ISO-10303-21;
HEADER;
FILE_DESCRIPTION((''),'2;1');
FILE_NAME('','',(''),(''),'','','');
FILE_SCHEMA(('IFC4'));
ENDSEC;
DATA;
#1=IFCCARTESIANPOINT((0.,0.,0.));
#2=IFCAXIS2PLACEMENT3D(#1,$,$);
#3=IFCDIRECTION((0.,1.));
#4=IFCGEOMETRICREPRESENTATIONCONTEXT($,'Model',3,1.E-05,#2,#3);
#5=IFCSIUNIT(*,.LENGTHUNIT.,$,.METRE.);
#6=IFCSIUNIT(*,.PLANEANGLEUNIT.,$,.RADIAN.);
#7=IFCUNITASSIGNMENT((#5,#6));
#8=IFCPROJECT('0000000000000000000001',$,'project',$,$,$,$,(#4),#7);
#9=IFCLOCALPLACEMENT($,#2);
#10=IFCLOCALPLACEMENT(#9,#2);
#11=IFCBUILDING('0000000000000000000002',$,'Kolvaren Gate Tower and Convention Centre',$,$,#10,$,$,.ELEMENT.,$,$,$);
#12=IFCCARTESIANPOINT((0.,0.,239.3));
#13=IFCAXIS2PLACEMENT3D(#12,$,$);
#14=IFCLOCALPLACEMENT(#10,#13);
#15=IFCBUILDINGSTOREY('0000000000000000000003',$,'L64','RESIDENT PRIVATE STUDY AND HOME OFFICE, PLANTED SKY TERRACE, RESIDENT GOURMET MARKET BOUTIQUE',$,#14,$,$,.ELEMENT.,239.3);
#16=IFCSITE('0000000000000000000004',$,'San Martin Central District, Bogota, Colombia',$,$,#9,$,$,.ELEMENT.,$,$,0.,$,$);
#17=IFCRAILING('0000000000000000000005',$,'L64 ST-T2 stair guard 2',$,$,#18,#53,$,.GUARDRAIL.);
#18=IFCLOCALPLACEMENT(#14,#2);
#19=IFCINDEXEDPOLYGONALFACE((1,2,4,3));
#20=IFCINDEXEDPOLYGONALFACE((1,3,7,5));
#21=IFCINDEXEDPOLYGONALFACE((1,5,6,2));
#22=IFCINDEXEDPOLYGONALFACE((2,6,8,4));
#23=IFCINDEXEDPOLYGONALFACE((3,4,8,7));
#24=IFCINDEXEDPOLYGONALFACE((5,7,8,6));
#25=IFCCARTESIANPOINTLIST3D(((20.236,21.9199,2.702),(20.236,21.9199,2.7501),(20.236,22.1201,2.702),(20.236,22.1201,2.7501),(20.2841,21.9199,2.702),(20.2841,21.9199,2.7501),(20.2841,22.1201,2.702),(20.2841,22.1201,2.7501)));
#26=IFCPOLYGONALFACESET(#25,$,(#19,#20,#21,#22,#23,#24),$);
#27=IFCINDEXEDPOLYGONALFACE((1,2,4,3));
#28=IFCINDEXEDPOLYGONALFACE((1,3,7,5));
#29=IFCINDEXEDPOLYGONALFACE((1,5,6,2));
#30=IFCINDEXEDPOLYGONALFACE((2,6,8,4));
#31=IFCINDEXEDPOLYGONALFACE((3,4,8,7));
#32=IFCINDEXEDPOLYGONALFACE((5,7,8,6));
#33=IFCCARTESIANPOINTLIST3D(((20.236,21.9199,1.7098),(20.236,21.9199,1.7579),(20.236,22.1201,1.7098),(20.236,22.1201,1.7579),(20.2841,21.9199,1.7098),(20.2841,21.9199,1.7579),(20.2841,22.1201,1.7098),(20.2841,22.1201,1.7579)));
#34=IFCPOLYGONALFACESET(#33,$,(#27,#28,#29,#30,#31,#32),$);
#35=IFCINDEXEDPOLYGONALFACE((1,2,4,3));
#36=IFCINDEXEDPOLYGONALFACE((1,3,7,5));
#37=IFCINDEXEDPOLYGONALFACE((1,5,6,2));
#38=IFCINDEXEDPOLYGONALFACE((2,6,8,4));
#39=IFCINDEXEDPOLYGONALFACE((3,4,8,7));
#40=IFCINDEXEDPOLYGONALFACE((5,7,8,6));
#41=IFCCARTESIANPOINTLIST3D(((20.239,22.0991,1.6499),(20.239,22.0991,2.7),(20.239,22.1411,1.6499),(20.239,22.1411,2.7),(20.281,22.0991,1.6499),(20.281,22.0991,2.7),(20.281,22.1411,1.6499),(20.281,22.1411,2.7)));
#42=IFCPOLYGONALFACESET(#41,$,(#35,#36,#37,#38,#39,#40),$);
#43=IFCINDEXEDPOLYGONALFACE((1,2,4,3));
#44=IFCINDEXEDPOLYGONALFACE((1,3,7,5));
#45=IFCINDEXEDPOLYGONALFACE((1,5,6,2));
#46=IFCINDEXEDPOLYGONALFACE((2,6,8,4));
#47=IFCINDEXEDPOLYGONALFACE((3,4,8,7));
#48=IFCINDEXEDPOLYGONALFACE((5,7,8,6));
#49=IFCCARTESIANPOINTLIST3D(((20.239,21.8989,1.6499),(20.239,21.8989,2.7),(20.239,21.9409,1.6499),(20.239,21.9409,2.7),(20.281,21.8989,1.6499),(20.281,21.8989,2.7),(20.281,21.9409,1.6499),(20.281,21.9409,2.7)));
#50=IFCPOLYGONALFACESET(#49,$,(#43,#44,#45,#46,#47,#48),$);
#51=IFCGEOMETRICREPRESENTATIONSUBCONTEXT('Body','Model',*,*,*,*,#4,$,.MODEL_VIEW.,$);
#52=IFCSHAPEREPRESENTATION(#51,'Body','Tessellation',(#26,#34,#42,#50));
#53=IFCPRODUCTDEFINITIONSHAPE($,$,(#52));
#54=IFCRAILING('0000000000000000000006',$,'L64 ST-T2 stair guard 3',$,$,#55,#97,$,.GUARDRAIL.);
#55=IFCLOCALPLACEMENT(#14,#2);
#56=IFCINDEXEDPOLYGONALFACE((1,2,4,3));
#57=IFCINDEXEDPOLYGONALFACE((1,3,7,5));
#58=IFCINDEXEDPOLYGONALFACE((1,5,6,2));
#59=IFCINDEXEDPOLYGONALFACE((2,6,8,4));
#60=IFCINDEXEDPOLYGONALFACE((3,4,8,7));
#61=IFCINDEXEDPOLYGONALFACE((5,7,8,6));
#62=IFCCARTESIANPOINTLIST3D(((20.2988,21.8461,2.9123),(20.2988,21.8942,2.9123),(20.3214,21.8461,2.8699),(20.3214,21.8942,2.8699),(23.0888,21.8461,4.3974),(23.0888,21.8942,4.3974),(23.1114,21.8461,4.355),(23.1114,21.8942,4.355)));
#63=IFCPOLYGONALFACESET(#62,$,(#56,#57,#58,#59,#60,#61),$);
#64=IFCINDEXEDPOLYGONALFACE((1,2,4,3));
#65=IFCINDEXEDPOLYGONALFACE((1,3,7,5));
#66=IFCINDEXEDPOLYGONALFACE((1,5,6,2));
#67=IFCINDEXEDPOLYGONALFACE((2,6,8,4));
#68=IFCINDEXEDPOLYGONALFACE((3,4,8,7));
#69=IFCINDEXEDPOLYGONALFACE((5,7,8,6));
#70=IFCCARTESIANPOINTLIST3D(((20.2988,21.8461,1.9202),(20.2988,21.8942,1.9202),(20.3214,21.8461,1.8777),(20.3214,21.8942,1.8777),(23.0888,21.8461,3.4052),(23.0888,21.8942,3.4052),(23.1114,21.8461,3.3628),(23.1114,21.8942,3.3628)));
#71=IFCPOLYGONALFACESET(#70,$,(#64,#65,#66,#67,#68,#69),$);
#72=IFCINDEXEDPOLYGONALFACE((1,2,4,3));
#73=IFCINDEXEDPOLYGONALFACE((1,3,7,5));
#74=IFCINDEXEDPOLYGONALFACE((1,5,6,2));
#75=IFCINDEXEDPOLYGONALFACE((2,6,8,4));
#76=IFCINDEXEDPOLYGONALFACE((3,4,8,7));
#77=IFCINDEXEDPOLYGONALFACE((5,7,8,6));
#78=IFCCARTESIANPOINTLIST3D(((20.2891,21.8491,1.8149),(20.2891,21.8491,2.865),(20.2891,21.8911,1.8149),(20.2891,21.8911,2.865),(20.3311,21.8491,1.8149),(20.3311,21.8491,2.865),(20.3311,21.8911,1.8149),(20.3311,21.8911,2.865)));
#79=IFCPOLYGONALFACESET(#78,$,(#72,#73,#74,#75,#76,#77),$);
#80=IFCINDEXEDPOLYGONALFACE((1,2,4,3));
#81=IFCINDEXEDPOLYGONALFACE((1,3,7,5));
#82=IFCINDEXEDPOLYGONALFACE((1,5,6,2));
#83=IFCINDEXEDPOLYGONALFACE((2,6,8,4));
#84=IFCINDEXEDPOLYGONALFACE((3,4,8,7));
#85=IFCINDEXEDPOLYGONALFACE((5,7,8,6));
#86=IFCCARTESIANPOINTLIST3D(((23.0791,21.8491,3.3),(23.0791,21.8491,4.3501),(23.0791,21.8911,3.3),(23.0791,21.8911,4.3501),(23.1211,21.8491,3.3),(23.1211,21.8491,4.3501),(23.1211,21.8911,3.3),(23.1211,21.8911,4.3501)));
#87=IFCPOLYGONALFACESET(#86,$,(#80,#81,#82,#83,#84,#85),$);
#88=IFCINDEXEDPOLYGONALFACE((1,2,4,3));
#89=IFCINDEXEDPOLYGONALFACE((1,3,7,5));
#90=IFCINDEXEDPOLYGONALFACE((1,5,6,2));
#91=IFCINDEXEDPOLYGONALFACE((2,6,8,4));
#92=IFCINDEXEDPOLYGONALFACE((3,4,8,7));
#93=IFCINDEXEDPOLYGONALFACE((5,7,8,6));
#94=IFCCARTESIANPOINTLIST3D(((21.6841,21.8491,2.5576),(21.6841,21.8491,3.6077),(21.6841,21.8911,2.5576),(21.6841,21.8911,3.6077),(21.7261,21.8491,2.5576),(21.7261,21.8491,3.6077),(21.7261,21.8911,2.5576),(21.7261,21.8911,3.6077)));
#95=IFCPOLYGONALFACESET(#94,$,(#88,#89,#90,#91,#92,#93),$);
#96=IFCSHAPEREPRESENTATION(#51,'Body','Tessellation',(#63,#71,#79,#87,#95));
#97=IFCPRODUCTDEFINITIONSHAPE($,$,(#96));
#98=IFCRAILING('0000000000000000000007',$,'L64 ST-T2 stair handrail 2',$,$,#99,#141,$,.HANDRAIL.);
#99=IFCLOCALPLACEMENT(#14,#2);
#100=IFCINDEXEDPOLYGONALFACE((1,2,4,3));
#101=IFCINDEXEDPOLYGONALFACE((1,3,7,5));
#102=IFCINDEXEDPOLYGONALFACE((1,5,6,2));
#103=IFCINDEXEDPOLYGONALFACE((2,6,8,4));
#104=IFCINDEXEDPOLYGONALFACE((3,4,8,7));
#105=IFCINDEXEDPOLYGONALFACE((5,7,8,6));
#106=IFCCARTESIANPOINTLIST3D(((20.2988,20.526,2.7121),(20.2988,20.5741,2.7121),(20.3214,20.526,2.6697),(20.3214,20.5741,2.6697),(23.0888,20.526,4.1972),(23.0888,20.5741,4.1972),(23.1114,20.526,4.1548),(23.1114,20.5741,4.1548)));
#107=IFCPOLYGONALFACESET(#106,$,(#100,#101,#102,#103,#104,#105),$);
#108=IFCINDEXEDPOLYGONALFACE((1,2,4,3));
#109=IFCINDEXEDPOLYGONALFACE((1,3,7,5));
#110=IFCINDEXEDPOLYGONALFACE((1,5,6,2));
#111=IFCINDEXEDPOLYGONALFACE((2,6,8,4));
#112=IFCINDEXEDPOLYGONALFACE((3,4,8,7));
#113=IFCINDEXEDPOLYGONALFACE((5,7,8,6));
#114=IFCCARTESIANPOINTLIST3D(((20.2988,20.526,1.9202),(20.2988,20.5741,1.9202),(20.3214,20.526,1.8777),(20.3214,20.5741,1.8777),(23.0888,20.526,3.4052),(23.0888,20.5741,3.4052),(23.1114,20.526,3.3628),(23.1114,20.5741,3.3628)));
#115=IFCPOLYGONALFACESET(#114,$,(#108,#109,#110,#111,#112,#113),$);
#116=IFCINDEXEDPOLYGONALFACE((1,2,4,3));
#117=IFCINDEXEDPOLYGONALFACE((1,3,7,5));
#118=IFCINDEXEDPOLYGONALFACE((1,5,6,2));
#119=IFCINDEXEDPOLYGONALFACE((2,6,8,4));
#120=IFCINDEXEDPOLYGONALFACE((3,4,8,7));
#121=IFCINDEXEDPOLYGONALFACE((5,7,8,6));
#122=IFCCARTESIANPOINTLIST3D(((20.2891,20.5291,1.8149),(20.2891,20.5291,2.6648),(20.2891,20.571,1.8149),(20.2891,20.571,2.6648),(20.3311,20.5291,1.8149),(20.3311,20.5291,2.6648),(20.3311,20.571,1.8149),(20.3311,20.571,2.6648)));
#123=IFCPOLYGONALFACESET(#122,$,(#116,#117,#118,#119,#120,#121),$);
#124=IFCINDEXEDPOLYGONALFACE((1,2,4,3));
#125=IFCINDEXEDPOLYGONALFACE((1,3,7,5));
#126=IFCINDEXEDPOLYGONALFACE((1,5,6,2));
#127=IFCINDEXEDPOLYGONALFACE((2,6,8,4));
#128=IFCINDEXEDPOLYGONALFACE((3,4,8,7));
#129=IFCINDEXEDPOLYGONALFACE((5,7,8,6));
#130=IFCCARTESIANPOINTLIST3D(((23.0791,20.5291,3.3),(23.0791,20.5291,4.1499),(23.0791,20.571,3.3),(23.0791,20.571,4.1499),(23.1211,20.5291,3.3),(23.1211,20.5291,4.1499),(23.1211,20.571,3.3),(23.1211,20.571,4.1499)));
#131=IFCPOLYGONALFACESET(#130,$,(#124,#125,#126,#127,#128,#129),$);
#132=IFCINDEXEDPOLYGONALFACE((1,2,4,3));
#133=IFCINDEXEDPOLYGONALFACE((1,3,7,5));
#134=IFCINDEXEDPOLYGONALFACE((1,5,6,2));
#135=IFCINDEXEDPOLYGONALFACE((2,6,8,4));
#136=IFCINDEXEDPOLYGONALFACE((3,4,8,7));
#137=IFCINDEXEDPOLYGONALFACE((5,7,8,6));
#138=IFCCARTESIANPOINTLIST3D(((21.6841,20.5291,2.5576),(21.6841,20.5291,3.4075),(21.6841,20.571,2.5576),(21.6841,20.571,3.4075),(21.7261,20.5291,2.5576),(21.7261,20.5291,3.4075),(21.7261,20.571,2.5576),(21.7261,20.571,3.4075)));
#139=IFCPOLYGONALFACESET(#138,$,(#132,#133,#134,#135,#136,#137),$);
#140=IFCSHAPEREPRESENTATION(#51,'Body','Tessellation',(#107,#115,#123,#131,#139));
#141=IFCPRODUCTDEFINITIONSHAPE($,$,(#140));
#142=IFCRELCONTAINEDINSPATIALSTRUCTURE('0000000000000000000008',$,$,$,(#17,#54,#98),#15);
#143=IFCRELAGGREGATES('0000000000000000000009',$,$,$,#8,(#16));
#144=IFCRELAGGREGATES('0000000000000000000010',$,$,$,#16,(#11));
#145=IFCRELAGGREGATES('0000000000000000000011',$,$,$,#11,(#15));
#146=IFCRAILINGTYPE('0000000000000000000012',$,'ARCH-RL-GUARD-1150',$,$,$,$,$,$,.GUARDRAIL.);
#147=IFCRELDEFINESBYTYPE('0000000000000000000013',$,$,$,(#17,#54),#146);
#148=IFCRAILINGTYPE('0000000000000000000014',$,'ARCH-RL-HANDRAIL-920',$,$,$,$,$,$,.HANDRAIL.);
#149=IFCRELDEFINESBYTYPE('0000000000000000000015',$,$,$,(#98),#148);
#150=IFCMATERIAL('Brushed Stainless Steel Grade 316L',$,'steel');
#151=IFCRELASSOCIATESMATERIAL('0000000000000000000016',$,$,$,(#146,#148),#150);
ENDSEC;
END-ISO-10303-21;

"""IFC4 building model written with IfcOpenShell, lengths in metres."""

from ifc_helpers import new_model, si_unit, direction, frame, origin, origin_2d, place, context, subcontext, project, spatial, rectangle, extrude, material, type_object, element, save


model = new_model("IFC4")

# Units and contexts
model_context = context("Model", 3, precision=1e-05, world=origin(), true_north=direction((0.0, 1.0)))
body_context = subcontext(model_context, "Body", "Model", "MODEL_VIEW")
ifc_project = project(units=[si_unit("LENGTHUNIT", "METRE"), si_unit("PLANEANGLEUNIT", "RADIAN")], contexts=[model_context])

# Site, building, storey
site_placement = place(None, origin())
site = spatial("IfcSite", under=ifc_project, at=site_placement, Name="San Martin Central District, Bogota, Colombia", CompositionType="ELEMENT", RefElevation=0.0)
building_placement = place(site_placement, origin())
building = spatial("IfcBuilding", under=site, at=building_placement, Name="Kolvaren Gate Tower and Convention Centre", CompositionType="ELEMENT")
storey_placement = place(building_placement, frame((0.0, 0.0, 239.3)))
storey = spatial("IfcBuildingStorey", under=building, at=storey_placement, Name="L64", Description="RESIDENT PRIVATE STUDY AND HOME OFFICE, PLANTED SKY TERRACE, RESIDENT GOURMET MARKET BOUTIQUE", CompositionType="ELEMENT", Elevation=239.3)

# Railings
ifc_material_1 = material(Name="Brushed Stainless Steel Grade 316L", Category="steel")
railing_type_1 = type_object("IfcRailingType", Name="ARCH-RL-GUARD-1150", PredefinedType="GUARDRAIL", material=ifc_material_1)
railing_1_placement = place(storey_placement, frame((20.26, 22.1201, 1.6499)))
element("IfcRailing", 1, at=railing_1_placement, inside=storey, type_object=railing_type_1, Name="L64 ST-T2 stair guard 2", PredefinedType="GUARDRAIL", context=body_context, shape_type="SweptSolid", body=[
    extrude(rectangle(XDim=0.0481, YDim=0.0481, at=origin_2d()), frame((0.0, 0.0, 1.0762), z_axis=(0.0, -1.0, 0.0), x_axis=(1.0, 0.0, 0.0)), (0.0, 0.0, 1.0), 0.2002),
    extrude(rectangle(XDim=0.0481, YDim=0.0481, at=origin_2d()), frame((0.0, 0.0, 0.084), z_axis=(0.0, -1.0, 0.0), x_axis=(1.0, 0.0, 0.0)), (0.0, 0.0, 1.0), 0.2002),
    extrude(rectangle(XDim=0.042, YDim=0.042, at=origin_2d()), origin(), (0.0, 0.0, 1.0), 1.05),
    extrude(rectangle(XDim=0.042, YDim=0.042, at=origin_2d()), frame((0.0, -0.2002, 0.0)), (0.0, 0.0, 1.0), 1.05),
])
railing_2_placement = place(storey_placement, frame((20.3101, 21.8701, 1.8149)))
element("IfcRailing", 2, at=railing_2_placement, inside=storey, type_object=railing_type_1, Name="L64 ST-T2 stair guard 3", PredefinedType="GUARDRAIL", context=body_context, shape_type="SweptSolid", body=[
    extrude(rectangle(XDim=0.0481, YDim=0.0481, at=origin_2d()), frame((0.0, 0.0, 1.0762), z_axis=(0.882735, 0.0, 0.46987), x_axis=(0.0, 1.0, 0.0)), (0.0, 0.0, 1.0), 3.1606),
    extrude(rectangle(XDim=0.0481, YDim=0.0481, at=origin_2d()), frame((0.0, 0.0, 0.084), z_axis=(0.882735, 0.0, 0.46987), x_axis=(0.0, 1.0, 0.0)), (0.0, 0.0, 1.0), 3.1606),
    extrude(rectangle(XDim=0.042, YDim=0.042, at=origin_2d()), origin(), (0.0, 0.0, 1.0), 1.05),
    extrude(rectangle(XDim=0.042, YDim=0.042, at=origin_2d()), frame((2.79, 0.0, 1.4851)), (0.0, 0.0, 1.0), 1.05),
    extrude(rectangle(XDim=0.042, YDim=0.042, at=origin_2d()), frame((1.395, 0.0, 0.7427)), (0.0, 0.0, 1.0), 1.05),
])
railing_type_2 = type_object("IfcRailingType", Name="ARCH-RL-HANDRAIL-920", PredefinedType="HANDRAIL", material=ifc_material_1)
railing_3_placement = place(storey_placement, frame((20.3101, 20.55, 1.8149)))
element("IfcRailing", 3, at=railing_3_placement, inside=storey, type_object=railing_type_2, Name="L64 ST-T2 stair handrail 2", PredefinedType="HANDRAIL", context=body_context, shape_type="SweptSolid", body=[
    extrude(rectangle(XDim=0.0481, YDim=0.0481, at=origin_2d()), frame((0.0, 0.0, 0.876), z_axis=(0.882735, 0.0, 0.46987), x_axis=(0.0, 1.0, 0.0)), (0.0, 0.0, 1.0), 3.1606),
    extrude(rectangle(XDim=0.0481, YDim=0.0481, at=origin_2d()), frame((0.0, 0.0, 0.084), z_axis=(0.882735, 0.0, 0.46987), x_axis=(0.0, 1.0, 0.0)), (0.0, 0.0, 1.0), 3.1606),
    extrude(rectangle(XDim=0.042, YDim=0.042, at=origin_2d()), origin(), (0.0, 0.0, 1.0), 0.8499),
    extrude(rectangle(XDim=0.042, YDim=0.042, at=origin_2d()), frame((2.79, 0.0, 1.4851)), (0.0, 0.0, 1.0), 0.8499),
    extrude(rectangle(XDim=0.042, YDim=0.042, at=origin_2d()), frame((1.395, 0.0, 0.7427)), (0.0, 0.0, 1.0), 0.8499),
])

save(model, "model.ifc")
